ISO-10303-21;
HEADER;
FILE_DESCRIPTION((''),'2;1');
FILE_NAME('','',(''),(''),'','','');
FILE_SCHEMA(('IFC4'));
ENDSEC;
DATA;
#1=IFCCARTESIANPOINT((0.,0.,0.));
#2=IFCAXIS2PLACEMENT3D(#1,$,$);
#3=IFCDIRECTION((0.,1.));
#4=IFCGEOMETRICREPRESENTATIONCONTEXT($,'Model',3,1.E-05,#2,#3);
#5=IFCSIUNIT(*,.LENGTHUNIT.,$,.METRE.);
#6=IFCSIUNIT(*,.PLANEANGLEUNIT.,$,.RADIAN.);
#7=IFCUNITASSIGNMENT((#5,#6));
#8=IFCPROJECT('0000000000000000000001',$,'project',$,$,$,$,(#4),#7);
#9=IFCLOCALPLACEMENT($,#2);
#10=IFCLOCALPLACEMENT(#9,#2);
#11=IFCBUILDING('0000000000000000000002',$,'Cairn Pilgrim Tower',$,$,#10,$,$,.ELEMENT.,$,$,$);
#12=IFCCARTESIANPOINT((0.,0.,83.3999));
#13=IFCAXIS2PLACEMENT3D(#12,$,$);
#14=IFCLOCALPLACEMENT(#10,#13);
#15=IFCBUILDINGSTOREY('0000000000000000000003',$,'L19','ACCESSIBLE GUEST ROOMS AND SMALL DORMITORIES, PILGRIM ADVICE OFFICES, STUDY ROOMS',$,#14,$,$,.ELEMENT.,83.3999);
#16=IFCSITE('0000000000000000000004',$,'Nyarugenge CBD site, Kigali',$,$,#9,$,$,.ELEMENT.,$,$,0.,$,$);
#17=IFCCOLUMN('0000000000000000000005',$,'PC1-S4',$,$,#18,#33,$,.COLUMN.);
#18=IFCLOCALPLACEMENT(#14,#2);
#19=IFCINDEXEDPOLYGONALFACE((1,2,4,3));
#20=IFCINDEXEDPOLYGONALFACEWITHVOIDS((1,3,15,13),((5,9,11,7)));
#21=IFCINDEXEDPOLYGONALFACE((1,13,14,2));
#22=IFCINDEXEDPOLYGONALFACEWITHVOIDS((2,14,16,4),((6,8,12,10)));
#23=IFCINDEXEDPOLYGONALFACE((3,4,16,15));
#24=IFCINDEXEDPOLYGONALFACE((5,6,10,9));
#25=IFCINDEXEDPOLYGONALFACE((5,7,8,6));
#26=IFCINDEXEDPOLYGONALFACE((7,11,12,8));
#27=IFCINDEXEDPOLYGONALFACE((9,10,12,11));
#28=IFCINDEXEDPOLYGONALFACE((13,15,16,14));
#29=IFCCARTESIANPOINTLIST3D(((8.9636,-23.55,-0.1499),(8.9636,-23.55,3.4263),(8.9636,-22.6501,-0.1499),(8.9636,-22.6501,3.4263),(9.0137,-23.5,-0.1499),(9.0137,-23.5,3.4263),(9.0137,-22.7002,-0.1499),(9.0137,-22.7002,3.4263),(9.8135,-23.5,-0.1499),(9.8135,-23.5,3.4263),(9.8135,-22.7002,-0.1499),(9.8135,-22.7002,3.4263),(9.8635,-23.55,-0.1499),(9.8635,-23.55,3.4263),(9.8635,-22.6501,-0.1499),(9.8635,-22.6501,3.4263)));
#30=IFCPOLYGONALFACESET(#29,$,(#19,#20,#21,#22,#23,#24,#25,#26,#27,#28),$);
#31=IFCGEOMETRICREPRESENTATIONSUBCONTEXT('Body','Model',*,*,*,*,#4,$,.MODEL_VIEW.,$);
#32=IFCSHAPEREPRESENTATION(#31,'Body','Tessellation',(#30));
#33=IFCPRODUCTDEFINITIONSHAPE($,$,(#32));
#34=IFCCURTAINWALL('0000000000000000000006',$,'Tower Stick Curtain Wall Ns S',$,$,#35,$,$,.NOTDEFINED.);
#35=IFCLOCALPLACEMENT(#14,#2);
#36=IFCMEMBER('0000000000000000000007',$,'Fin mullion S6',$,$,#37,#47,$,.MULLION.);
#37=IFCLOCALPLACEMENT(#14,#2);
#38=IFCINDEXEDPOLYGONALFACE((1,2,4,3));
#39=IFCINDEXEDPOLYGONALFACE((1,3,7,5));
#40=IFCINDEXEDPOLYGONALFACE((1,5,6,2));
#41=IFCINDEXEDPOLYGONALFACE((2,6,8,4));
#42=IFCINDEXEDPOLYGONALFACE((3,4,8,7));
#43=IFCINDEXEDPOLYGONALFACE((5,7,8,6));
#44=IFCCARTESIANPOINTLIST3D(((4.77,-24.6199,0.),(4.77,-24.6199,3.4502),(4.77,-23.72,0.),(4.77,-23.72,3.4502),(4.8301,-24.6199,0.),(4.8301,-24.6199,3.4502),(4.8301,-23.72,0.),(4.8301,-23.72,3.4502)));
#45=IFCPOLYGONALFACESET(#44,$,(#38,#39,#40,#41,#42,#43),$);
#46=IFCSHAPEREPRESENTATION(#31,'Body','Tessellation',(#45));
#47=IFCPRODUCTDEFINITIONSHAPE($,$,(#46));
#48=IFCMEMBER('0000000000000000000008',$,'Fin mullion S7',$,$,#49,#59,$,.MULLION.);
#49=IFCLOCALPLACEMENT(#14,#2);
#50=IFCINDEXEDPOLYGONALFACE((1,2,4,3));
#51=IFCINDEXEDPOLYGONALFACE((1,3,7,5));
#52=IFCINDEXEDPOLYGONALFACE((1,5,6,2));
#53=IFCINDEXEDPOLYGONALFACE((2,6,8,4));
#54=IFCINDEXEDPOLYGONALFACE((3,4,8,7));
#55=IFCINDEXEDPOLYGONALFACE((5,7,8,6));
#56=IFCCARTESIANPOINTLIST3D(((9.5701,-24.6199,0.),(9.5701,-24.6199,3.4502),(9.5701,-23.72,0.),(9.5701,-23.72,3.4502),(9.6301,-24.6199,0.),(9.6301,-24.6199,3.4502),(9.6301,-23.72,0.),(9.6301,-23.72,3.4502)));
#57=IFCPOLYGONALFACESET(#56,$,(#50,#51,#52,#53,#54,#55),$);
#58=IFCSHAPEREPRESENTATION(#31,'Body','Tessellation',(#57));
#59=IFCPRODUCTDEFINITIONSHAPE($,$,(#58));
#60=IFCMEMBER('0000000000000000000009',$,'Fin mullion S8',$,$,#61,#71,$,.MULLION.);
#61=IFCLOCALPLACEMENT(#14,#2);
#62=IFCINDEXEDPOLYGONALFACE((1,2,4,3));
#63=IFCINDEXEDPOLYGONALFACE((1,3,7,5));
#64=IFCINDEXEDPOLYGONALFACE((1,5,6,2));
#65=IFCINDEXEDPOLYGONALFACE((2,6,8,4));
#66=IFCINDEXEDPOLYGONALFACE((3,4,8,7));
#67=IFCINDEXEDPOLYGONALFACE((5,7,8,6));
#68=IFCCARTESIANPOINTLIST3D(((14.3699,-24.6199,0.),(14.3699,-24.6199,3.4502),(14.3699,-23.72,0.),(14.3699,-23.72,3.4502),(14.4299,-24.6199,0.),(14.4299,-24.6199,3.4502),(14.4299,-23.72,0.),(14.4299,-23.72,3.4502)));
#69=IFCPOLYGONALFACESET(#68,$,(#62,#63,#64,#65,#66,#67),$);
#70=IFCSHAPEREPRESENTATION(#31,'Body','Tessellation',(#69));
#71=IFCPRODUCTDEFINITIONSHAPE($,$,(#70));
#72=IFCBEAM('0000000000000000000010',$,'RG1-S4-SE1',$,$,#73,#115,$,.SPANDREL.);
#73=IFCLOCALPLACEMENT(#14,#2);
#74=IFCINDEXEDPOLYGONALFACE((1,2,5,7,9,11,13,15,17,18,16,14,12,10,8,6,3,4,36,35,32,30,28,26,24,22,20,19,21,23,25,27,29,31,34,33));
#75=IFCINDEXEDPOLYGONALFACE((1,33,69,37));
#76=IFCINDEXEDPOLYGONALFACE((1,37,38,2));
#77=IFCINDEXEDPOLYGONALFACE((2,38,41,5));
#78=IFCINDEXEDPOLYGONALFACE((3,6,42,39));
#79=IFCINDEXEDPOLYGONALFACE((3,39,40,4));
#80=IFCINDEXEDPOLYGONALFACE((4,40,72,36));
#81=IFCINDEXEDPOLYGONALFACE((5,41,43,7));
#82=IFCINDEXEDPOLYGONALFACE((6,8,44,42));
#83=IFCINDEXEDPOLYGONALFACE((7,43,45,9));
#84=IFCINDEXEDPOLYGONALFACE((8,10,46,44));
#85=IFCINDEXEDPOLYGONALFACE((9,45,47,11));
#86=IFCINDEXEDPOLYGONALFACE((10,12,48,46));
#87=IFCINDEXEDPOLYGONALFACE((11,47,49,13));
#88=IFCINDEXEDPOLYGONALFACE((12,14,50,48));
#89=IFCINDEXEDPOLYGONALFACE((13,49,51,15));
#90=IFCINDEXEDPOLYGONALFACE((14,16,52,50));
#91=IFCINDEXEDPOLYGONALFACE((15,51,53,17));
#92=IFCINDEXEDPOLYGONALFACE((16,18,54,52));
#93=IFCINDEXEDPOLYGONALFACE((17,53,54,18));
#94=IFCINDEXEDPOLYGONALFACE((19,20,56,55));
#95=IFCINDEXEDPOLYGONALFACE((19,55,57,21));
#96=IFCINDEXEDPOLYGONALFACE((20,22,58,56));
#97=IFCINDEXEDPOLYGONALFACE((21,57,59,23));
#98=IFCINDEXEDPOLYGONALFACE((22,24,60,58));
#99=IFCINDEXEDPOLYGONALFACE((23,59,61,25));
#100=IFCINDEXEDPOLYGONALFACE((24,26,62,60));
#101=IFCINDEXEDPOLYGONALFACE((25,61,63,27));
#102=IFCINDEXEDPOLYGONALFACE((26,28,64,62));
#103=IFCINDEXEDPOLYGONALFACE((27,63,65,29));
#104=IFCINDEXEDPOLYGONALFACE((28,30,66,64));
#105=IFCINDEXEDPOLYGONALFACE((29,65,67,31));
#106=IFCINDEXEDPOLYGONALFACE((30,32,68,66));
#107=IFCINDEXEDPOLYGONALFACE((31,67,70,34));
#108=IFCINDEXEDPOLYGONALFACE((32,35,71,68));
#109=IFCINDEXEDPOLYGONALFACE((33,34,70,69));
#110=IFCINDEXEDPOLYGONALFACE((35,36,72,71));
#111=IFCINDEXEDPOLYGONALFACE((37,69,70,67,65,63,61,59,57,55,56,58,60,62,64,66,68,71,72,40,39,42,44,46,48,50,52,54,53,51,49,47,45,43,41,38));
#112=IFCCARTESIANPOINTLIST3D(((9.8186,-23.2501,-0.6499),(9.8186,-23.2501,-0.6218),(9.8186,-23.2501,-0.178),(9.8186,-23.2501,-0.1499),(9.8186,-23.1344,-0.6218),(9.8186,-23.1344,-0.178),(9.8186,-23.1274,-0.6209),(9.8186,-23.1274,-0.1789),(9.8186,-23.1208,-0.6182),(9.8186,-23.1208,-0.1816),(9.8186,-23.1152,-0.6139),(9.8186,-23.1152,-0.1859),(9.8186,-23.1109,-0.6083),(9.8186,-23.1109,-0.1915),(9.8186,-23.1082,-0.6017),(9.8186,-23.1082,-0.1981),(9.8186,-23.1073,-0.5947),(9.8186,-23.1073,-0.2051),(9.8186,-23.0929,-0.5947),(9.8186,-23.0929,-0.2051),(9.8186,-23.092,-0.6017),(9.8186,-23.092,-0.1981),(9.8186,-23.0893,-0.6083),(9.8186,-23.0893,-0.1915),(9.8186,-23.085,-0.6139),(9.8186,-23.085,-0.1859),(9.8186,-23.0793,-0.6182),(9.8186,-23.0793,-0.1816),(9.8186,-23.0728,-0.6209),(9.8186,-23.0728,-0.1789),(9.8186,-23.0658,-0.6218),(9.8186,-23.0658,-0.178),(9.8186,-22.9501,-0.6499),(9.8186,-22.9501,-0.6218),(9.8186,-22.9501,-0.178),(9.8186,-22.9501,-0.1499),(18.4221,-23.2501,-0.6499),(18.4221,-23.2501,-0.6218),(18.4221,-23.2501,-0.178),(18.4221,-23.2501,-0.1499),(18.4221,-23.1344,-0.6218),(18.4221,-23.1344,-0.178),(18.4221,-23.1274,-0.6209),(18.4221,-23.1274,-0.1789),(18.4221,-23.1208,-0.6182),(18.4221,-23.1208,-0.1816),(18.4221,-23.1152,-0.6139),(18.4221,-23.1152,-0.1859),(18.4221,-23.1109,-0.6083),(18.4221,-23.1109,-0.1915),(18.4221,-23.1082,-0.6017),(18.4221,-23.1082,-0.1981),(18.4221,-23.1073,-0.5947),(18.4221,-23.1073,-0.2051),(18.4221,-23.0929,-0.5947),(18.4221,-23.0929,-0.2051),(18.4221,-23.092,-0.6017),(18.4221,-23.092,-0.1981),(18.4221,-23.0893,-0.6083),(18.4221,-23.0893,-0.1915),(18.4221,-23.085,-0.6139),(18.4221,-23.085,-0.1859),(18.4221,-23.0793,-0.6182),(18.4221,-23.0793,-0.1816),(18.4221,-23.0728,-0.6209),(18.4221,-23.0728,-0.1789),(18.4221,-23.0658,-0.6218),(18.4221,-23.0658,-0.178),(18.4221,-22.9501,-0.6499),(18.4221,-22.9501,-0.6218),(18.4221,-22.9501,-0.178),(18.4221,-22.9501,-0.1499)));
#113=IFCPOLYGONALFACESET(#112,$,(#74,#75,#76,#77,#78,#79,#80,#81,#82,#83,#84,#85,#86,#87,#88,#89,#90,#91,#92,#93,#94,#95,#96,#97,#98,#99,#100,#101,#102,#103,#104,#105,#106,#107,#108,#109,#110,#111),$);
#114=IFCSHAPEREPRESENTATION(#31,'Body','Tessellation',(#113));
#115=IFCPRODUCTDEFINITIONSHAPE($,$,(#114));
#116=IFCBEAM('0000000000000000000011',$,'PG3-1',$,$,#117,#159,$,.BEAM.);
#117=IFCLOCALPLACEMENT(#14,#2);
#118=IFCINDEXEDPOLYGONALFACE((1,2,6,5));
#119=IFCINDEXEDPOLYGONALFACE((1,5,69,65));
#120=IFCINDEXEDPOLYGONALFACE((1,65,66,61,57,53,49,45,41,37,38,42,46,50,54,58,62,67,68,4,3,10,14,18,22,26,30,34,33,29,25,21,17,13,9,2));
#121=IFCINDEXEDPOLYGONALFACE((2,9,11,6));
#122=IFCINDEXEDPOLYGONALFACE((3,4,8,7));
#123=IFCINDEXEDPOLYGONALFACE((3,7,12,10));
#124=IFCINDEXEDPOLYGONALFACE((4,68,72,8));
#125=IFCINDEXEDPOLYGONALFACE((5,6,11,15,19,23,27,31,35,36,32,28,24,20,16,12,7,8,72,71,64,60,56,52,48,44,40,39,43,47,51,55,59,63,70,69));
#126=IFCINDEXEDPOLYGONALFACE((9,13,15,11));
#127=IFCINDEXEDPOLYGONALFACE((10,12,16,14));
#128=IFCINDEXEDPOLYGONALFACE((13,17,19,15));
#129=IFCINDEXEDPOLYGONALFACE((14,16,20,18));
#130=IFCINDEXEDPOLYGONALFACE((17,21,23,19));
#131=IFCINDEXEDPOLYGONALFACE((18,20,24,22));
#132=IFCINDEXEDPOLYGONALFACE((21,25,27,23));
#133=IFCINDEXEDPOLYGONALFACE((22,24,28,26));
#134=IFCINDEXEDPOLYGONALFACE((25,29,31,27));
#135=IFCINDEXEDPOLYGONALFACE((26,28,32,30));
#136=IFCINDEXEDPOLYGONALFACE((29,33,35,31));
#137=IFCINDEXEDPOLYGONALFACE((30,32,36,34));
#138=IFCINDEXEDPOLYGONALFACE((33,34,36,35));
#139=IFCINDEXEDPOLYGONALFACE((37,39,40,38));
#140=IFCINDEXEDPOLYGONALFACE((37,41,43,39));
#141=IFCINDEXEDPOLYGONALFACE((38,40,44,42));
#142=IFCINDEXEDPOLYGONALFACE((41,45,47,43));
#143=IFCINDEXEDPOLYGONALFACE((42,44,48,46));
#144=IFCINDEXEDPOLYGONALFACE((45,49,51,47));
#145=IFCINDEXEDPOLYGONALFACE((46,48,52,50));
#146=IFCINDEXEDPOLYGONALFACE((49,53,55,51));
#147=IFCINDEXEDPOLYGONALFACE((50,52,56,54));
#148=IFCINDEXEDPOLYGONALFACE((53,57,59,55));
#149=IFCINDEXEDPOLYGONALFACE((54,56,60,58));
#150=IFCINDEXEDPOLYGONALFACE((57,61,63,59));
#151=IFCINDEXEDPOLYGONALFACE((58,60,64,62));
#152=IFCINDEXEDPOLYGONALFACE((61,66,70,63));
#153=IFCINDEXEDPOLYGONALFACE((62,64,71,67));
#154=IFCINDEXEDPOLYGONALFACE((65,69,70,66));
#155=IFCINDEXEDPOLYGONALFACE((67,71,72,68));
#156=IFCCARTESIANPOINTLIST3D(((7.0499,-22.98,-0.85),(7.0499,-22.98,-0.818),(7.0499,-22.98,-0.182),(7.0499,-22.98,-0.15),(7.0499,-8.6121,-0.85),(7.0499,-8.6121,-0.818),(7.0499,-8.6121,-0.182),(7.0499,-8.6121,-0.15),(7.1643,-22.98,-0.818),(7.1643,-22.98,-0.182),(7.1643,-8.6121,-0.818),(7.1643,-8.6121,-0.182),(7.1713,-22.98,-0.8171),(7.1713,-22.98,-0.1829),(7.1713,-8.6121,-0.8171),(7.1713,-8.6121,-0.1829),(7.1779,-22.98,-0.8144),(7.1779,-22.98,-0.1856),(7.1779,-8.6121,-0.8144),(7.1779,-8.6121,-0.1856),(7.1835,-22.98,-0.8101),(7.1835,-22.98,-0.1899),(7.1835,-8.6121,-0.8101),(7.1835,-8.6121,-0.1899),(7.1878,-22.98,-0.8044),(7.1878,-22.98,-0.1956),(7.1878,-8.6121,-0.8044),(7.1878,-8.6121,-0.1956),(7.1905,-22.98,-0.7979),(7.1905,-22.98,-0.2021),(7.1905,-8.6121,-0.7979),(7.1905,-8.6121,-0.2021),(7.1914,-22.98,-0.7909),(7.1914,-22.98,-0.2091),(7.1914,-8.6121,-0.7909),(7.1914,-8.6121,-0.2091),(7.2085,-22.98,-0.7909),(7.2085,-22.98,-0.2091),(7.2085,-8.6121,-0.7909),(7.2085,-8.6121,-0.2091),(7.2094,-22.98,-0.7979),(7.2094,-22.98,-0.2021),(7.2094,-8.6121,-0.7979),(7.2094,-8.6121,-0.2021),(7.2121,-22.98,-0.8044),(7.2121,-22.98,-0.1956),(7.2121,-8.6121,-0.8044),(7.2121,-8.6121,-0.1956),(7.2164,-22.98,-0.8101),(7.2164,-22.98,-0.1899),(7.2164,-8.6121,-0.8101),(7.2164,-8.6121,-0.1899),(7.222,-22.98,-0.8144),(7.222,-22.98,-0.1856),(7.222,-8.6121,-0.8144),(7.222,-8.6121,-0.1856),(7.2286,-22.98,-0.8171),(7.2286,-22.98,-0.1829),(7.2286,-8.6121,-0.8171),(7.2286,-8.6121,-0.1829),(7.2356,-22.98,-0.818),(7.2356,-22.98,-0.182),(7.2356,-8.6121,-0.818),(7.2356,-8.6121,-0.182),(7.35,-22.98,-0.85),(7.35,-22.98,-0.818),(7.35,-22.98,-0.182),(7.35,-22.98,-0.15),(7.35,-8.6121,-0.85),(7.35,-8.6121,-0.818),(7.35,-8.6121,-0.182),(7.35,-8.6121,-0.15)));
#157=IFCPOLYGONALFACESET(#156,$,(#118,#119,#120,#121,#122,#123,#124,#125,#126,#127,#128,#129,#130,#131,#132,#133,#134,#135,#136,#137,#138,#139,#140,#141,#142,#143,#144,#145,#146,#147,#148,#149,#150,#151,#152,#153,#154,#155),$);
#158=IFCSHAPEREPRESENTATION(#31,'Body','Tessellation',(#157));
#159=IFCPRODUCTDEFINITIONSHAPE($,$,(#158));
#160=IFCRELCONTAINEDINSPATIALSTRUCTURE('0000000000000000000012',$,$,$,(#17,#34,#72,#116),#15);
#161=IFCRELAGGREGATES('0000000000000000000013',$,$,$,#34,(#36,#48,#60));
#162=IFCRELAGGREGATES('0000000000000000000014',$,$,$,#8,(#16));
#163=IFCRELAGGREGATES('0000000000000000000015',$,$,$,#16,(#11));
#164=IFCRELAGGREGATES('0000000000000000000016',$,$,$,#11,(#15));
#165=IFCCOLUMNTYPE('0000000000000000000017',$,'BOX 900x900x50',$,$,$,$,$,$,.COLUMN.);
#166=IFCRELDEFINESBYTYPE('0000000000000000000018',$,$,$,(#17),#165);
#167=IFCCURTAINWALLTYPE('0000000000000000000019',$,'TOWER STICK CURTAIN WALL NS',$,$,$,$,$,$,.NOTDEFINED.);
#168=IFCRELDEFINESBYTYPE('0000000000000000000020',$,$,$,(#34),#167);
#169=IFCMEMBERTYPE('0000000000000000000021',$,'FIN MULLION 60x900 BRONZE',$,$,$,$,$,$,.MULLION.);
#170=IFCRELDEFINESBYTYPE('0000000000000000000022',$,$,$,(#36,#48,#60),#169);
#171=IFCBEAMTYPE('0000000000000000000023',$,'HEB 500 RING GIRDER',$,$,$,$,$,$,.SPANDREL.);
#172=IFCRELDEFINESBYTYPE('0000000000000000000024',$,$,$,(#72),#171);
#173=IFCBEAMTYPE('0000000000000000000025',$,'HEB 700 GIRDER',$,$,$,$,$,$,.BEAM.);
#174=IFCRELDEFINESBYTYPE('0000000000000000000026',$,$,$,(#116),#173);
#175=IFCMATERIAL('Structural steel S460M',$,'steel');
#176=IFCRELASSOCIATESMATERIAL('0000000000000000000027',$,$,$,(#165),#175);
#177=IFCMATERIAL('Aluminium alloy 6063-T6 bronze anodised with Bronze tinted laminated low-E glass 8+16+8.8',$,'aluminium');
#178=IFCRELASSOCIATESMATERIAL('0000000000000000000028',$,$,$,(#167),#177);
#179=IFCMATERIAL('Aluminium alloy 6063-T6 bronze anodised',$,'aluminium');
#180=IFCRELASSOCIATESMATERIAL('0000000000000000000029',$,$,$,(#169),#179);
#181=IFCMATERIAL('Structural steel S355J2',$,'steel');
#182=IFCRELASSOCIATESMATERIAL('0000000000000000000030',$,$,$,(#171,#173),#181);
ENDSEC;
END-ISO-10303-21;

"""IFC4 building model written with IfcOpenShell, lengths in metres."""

from ifc_helpers import new_model, si_unit, direction, frame, origin, origin_2d, place, context, subcontext, project, spatial, rectangle, hollow_rectangle, i_section, extrude, clip, halfspace, material, material_profile, profile_set, type_object, element, aggregate, save


model = new_model("IFC4")

# Units and contexts
model_context = context("Model", 3, precision=1e-05, world=origin(), true_north=direction((0.0, 1.0)))
body_context = subcontext(model_context, "Body", "Model", "MODEL_VIEW")
ifc_project = project(units=[si_unit("LENGTHUNIT", "METRE"), si_unit("PLANEANGLEUNIT", "RADIAN")], contexts=[model_context])

# Site, building, storey
site_placement = place(None, origin())
site = spatial("IfcSite", under=ifc_project, at=site_placement, Name="Nyarugenge CBD site, Kigali", CompositionType="ELEMENT", RefElevation=0.0)
building_placement = place(site_placement, origin())
building = spatial("IfcBuilding", under=site, at=building_placement, Name="Cairn Pilgrim Tower", CompositionType="ELEMENT")
storey_placement = place(building_placement, frame((0.0, 0.0, 83.3999)))
storey = spatial("IfcBuildingStorey", under=building, at=storey_placement, Name="L19", Description="ACCESSIBLE GUEST ROOMS AND SMALL DORMITORIES, PILGRIM ADVICE OFFICES, STUDY ROOMS", CompositionType="ELEMENT", Elevation=83.3999)

# Column
ifc_material_1 = material(Name="Structural steel S460M", Category="steel")
ifc_material_profile_1 = material_profile(ifc_material_1, hollow_rectangle(XDim=0.8999, YDim=0.8999, WallThickness=0.05, at=origin_2d()), Name="BOX 900x900x50")
ifc_profile_set_1 = profile_set([ifc_material_profile_1], Name="Structural steel S460M")
column_type = type_object("IfcColumnType", Name="BOX 900x900x50", PredefinedType="COLUMN", material=ifc_profile_set_1)
column_placement = place(storey_placement, frame((9.4136, -23.1001, -0.1499), z_axis=(0.0, 0.0, 1.0), x_axis=(1.0, 0.0, 0.0)))
element("IfcColumn", 1, at=column_placement, inside=storey, type_object=column_type, Name="PC1-S4", PredefinedType="COLUMN", context=body_context, shape_type="Clipping", body=[
    clip(extrude(hollow_rectangle(XDim=0.8999, YDim=0.8999, WallThickness=0.05, at=origin_2d()), origin(), (0.0, 0.0, 1.0), 3.6001), halfspace(frame((0.0, 0.0, 3.5762), z_axis=(0.0, 0.0, 1.0), x_axis=(1.0, 0.0, 0.0)), False)),
])

# Curtain wall, members
ifc_material_2 = material(Name="Aluminium alloy 6063-T6 bronze anodised with Bronze tinted laminated low-E glass 8+16+8.8", Category="aluminium")
curtain_wall_type = type_object("IfcCurtainWallType", Name="TOWER STICK CURTAIN WALL NS", PredefinedType="NOTDEFINED", material=ifc_material_2)
curtain_wall_placement = place(storey_placement, origin())
curtain_wall = element("IfcCurtainWall", 2, at=curtain_wall_placement, inside=storey, type_object=curtain_wall_type, Name="Tower Stick Curtain Wall Ns S", PredefinedType="NOTDEFINED")
ifc_material_3 = material(Name="Aluminium alloy 6063-T6 bronze anodised", Category="aluminium")
ifc_material_profile_2 = material_profile(ifc_material_3, rectangle(XDim=0.8999, YDim=0.0601, at=origin_2d()), Name="FIN MULLION 60x900 BRONZE")
ifc_profile_set_2 = profile_set([ifc_material_profile_2], Name="Aluminium alloy 6063-T6 bronze anodised")
member_type_1 = type_object("IfcMemberType", Name="FIN MULLION 60x900 BRONZE", PredefinedType="MULLION", material=ifc_profile_set_2)
member_1_placement = place(storey_placement, frame((4.8, -24.1699, 0.0), z_axis=(0.0, 0.0, 1.0), x_axis=(0.0, -1.0, 0.0)))
member_1 = element("IfcMember", 3, at=member_1_placement, type_object=member_type_1, Name="Fin mullion S6", PredefinedType="MULLION", context=body_context, shape_type="SweptSolid", body=[
    extrude(rectangle(XDim=0.8999, YDim=0.0601, at=origin_2d()), origin(), (0.0, 0.0, 1.0), 3.4502),
])
member_2_placement = place(storey_placement, frame((9.6001, -24.1699, 0.0), z_axis=(0.0, 0.0, 1.0), x_axis=(0.0, -1.0, 0.0)))
member_2 = element("IfcMember", 4, at=member_2_placement, type_object=member_type_1, Name="Fin mullion S7", PredefinedType="MULLION", context=body_context, shape_type="SweptSolid", body=[
    extrude(rectangle(XDim=0.8999, YDim=0.0601, at=origin_2d()), origin(), (0.0, 0.0, 1.0), 3.4502),
])
member_3_placement = place(storey_placement, frame((14.3999, -24.1699, 0.0), z_axis=(0.0, 0.0, 1.0), x_axis=(0.0, -1.0, 0.0)))
member_3 = element("IfcMember", 5, at=member_3_placement, type_object=member_type_1, Name="Fin mullion S8", PredefinedType="MULLION", context=body_context, shape_type="SweptSolid", body=[
    extrude(rectangle(XDim=0.8999, YDim=0.0601, at=origin_2d()), origin(), (0.0, 0.0, 1.0), 3.4502),
])

# Beams
ifc_material_4 = material(Name="Structural steel S355J2", Category="steel")
ifc_material_profile_3 = material_profile(ifc_material_4, i_section(OverallWidth=0.3, OverallDepth=0.5, WebThickness=0.0144, FlangeThickness=0.0281, FilletRadius=0.0271, at=origin_2d()), Name="HEB 500")
ifc_profile_set_3 = profile_set([ifc_material_profile_3], Name="Structural steel S355J2")
beam_type_1 = type_object("IfcBeamType", Name="HEB 500 RING GIRDER", PredefinedType="SPANDREL", material=ifc_profile_set_3)
beam_1_placement = place(storey_placement, frame((9.8186, -23.1001, -0.3999), z_axis=(1.0, 0.0, 0.0), x_axis=(0.0, 1.0, 0.0)))
element("IfcBeam", 6, at=beam_1_placement, inside=storey, type_object=beam_type_1, Name="RG1-S4-SE1", PredefinedType="SPANDREL", context=body_context, shape_type="SweptSolid", body=[
    extrude(i_section(OverallWidth=0.3, OverallDepth=0.5, WebThickness=0.0144, FlangeThickness=0.0281, FilletRadius=0.0271, at=origin_2d()), origin(), (0.0, 0.0, 1.0), 8.6035),
])
ifc_material_profile_4 = material_profile(ifc_material_4, i_section(OverallWidth=0.3, OverallDepth=0.7, WebThickness=0.0171, FlangeThickness=0.032, FilletRadius=0.0271, at=origin_2d()), Name="HEB 700")
ifc_profile_set_4 = profile_set([ifc_material_profile_4], Name="Structural steel S355J2")
beam_type_2 = type_object("IfcBeamType", Name="HEB 700 GIRDER", PredefinedType="BEAM", material=ifc_profile_set_4)
beam_2_placement = place(storey_placement, frame((7.2, -22.98, -0.5), z_axis=(0.0, 1.0, 0.0), x_axis=(-1.0, 0.0, 0.0)))
element("IfcBeam", 7, at=beam_2_placement, inside=storey, type_object=beam_type_2, Name="PG3-1", PredefinedType="BEAM", context=body_context, shape_type="SweptSolid", body=[
    extrude(i_section(OverallWidth=0.3, OverallDepth=0.7, WebThickness=0.0171, FlangeThickness=0.032, FilletRadius=0.0271, at=origin_2d()), origin(), (0.0, 0.0, 1.0), 14.3679),
])

aggregate(curtain_wall, [member_1, member_2, member_3])

save(model, "model.ifc")
